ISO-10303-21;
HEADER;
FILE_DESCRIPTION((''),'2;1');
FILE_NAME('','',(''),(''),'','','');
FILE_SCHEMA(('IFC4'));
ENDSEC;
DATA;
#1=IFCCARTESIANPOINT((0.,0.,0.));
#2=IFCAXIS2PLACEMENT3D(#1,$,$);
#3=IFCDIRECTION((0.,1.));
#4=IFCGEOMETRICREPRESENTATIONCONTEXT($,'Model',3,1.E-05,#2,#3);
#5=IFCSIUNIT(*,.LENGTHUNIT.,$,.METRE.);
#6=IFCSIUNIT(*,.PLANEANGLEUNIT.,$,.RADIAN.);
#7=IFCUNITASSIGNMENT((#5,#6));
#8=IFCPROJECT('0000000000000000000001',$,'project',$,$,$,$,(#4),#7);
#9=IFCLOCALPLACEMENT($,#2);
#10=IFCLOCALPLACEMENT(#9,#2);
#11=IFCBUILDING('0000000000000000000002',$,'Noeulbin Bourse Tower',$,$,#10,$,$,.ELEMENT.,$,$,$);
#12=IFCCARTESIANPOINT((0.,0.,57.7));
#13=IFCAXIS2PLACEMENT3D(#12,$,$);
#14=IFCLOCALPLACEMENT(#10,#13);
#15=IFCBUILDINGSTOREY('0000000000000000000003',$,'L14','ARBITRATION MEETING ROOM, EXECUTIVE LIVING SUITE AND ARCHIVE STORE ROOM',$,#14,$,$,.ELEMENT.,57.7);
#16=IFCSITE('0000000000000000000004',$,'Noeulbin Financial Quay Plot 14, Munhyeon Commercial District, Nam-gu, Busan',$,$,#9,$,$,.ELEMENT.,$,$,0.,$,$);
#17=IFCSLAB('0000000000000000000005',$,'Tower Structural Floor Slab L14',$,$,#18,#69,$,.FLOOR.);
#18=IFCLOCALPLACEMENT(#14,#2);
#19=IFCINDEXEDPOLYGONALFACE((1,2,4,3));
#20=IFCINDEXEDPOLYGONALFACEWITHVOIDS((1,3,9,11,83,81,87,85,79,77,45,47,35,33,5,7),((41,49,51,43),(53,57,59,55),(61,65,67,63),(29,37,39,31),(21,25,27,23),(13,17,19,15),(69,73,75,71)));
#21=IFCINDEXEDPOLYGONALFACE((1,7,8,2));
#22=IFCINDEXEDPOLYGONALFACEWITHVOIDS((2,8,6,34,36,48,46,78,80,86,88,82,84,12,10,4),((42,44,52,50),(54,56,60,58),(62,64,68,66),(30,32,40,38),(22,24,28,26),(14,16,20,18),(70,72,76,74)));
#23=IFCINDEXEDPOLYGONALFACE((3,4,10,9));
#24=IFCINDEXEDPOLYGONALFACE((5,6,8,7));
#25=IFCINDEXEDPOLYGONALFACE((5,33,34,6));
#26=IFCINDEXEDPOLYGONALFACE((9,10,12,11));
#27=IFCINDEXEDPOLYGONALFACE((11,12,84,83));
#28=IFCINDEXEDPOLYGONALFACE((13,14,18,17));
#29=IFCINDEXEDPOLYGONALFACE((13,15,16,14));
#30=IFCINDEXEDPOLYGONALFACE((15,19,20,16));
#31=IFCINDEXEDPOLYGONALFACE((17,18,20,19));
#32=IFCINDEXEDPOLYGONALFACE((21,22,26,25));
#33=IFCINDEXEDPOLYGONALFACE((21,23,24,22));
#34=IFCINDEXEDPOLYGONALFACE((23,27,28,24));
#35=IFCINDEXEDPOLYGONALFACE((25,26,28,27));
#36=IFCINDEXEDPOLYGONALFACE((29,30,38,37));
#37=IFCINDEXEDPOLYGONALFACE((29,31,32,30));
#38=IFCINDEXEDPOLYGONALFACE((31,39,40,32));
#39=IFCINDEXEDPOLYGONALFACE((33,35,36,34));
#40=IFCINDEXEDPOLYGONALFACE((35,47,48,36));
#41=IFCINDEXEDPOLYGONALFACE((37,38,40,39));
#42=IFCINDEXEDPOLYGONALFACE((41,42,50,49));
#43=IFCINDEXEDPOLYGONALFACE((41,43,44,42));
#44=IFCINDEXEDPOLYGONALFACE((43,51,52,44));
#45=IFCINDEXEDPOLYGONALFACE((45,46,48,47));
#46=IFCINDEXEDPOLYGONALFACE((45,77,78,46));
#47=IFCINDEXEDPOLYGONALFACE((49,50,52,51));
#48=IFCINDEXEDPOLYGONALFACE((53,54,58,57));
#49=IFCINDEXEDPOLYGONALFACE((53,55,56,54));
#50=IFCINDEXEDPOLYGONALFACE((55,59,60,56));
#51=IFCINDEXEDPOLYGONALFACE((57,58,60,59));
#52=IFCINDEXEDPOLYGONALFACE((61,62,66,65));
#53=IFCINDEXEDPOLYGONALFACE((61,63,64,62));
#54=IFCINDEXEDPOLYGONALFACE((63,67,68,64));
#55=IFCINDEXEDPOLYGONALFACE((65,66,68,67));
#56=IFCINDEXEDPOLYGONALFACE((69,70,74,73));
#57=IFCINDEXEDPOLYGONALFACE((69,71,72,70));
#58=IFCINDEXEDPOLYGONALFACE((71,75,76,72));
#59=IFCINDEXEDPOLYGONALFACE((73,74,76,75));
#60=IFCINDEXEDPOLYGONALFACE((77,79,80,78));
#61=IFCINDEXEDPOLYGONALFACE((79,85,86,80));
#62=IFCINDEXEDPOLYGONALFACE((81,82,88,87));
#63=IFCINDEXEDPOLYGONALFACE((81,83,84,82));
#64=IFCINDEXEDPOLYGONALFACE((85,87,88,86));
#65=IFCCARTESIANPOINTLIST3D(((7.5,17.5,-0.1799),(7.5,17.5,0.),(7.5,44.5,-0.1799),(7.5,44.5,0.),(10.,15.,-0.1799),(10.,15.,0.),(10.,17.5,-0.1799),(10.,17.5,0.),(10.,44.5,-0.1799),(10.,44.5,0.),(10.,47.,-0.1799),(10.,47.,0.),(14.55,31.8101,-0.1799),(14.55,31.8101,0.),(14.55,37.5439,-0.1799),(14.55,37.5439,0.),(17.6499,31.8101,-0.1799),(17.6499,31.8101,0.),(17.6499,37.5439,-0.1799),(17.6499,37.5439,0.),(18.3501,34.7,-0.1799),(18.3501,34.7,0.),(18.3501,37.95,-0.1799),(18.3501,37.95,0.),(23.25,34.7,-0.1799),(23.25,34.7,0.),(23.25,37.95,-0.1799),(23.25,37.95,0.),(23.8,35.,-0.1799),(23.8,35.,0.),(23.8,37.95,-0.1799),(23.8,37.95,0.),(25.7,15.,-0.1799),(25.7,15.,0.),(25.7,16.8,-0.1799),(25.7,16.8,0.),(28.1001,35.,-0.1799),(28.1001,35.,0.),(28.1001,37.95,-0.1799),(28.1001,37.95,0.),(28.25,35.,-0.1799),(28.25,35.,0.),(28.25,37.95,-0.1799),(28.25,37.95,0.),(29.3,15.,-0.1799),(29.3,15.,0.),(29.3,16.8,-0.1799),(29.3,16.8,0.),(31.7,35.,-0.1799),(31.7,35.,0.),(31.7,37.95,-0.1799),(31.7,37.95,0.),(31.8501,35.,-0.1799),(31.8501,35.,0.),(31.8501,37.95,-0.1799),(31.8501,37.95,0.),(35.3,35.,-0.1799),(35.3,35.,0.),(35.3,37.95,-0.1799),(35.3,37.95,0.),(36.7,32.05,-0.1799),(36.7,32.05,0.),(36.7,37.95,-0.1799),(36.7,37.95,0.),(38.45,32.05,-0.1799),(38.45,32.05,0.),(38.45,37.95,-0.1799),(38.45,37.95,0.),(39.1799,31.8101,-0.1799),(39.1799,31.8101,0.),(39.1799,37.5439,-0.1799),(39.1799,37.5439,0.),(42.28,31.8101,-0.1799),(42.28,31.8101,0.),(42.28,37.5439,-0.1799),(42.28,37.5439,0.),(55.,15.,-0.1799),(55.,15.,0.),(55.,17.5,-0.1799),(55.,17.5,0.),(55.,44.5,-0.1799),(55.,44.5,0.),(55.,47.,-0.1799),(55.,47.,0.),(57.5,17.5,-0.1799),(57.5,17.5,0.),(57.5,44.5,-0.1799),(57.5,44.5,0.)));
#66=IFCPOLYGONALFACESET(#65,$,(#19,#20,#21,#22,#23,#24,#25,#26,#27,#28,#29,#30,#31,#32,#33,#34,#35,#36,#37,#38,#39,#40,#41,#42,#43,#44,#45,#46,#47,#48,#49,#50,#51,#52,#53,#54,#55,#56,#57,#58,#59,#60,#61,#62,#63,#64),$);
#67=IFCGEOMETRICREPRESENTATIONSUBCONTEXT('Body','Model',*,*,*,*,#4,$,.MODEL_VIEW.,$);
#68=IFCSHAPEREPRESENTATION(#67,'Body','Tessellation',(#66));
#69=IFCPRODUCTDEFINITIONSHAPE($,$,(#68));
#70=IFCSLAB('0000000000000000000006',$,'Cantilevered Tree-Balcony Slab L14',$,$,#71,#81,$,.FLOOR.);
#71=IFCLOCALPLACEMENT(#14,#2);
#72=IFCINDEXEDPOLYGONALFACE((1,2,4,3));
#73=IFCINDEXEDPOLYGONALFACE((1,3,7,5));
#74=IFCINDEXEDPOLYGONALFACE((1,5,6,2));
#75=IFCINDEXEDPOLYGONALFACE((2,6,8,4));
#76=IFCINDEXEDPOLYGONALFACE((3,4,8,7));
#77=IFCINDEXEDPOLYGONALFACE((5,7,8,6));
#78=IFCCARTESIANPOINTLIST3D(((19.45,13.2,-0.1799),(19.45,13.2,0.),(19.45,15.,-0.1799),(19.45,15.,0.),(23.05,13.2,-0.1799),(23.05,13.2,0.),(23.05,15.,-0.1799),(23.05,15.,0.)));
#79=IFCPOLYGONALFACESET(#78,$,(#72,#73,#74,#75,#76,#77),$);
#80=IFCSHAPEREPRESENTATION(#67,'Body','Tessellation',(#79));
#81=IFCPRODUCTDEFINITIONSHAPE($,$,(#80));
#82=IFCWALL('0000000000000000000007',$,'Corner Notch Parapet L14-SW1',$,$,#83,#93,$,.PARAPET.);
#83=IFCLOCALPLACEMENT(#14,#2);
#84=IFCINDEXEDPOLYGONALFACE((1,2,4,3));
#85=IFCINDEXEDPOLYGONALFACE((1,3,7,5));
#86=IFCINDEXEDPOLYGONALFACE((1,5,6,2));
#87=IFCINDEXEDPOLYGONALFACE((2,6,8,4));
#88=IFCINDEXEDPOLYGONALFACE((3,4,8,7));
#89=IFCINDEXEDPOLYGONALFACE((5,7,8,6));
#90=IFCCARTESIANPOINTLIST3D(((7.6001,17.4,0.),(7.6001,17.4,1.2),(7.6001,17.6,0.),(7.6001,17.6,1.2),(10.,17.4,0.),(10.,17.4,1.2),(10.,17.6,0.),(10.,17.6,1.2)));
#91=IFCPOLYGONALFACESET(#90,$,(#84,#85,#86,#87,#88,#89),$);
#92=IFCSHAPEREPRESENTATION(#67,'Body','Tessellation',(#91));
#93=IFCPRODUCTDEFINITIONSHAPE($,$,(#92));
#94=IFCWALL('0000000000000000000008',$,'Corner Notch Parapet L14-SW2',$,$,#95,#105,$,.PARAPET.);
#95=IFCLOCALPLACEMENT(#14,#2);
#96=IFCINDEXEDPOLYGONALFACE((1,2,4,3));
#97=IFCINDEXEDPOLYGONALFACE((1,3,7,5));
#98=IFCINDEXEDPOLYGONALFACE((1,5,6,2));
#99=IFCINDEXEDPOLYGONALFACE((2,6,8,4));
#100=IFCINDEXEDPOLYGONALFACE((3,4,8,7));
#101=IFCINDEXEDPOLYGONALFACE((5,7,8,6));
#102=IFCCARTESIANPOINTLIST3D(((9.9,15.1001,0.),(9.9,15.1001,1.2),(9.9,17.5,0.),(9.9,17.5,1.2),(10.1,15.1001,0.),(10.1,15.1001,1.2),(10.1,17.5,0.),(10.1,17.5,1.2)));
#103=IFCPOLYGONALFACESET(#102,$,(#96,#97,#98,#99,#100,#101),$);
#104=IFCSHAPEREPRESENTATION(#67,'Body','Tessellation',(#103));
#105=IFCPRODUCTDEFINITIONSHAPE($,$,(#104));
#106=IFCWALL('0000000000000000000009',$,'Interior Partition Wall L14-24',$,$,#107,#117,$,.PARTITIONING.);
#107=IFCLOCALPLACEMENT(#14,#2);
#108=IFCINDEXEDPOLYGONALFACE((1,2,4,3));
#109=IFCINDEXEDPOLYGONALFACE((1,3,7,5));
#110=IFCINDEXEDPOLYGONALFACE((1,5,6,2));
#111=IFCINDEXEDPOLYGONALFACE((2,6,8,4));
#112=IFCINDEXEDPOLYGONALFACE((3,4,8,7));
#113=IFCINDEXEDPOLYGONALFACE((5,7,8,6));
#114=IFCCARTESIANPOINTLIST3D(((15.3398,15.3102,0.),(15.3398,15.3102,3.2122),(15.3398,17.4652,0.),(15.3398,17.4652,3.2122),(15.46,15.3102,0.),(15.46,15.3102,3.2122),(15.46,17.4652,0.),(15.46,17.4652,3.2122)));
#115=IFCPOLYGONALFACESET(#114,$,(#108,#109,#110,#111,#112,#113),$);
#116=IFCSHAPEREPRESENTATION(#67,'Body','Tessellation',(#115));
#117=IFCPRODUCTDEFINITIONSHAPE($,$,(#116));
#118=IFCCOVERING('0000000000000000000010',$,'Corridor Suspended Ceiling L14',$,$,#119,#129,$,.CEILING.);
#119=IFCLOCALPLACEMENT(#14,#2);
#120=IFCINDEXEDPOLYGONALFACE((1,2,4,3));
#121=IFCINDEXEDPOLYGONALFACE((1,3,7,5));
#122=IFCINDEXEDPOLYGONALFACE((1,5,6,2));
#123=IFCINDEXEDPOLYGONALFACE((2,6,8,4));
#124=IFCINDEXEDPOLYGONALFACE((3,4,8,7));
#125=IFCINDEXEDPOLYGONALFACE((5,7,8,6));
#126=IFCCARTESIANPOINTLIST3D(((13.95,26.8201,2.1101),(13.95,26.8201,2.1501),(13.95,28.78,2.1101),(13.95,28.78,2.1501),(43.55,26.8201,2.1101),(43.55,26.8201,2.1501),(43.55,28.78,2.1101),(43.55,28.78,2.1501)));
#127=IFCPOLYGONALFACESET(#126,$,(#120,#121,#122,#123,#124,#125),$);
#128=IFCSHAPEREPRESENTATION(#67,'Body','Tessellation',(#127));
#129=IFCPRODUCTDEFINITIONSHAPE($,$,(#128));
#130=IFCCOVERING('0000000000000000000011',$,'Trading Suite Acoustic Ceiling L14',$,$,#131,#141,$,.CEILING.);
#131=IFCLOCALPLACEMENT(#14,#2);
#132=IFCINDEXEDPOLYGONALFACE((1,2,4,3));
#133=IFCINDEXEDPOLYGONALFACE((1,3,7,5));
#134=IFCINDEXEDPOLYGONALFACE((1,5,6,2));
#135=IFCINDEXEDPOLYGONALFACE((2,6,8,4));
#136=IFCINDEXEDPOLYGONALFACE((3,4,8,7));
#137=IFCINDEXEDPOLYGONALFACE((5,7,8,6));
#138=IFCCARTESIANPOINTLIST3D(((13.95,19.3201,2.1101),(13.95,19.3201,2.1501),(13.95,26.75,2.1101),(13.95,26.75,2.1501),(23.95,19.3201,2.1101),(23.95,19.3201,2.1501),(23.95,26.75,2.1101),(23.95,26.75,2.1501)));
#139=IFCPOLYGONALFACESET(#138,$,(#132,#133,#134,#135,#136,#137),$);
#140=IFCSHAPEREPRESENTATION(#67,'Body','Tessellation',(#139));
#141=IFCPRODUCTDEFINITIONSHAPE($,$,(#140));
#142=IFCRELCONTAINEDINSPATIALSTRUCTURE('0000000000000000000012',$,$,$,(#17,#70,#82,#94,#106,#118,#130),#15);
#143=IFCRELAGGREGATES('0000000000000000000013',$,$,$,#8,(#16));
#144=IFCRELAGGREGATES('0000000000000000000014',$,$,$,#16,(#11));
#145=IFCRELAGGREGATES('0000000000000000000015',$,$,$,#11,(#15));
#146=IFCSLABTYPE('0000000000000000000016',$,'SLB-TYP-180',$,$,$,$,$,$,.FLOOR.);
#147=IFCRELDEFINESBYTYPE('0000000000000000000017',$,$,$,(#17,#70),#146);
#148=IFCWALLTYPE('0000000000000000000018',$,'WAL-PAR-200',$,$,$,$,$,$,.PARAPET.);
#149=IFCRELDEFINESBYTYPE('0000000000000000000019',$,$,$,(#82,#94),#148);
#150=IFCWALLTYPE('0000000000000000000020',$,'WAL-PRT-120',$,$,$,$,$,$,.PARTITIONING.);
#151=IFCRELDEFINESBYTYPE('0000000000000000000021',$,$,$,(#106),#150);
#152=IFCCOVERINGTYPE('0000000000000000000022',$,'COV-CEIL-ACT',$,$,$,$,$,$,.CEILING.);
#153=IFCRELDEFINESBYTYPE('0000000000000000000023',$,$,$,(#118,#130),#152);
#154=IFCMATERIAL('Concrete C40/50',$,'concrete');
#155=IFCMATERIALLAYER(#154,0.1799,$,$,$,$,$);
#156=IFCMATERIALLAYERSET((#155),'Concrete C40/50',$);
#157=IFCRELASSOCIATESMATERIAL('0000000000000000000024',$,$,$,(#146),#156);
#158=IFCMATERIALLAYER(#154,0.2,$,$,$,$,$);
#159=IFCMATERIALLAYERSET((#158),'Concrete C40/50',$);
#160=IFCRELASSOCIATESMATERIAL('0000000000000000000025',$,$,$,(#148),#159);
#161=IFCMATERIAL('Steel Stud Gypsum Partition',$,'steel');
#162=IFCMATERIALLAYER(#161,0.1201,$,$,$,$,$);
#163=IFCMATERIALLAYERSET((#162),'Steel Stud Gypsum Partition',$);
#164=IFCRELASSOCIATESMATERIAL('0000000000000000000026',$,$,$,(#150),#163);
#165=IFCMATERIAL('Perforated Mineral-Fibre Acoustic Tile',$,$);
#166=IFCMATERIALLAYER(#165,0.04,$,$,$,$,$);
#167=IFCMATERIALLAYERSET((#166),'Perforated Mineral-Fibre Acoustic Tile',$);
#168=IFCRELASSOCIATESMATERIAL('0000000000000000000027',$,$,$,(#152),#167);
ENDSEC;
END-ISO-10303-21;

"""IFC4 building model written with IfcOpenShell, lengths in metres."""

from ifc_helpers import new_model, si_unit, direction, frame, frame_2d, origin, place, context, subcontext, project, spatial, polyline, rectangle, outline, extrude, material, layer, layer_set, type_object, element, save


model = new_model("IFC4")

# Units and contexts
model_context = context("Model", 3, precision=1e-05, world=origin(), true_north=direction((0.0, 1.0)))
body_context = subcontext(model_context, "Body", "Model", "MODEL_VIEW")
ifc_project = project(units=[si_unit("LENGTHUNIT", "METRE"), si_unit("PLANEANGLEUNIT", "RADIAN")], contexts=[model_context])

# Site, building, storey
site_placement = place(None, origin())
site = spatial("IfcSite", under=ifc_project, at=site_placement, Name="Noeulbin Financial Quay Plot 14, Munhyeon Commercial District, Nam-gu, Busan", CompositionType="ELEMENT", RefElevation=0.0)
building_placement = place(site_placement, origin())
building = spatial("IfcBuilding", under=site, at=building_placement, Name="Noeulbin Bourse Tower", CompositionType="ELEMENT")
storey_placement = place(building_placement, frame((0.0, 0.0, 57.7)))
storey = spatial("IfcBuildingStorey", under=building, at=storey_placement, Name="L14", Description="ARBITRATION MEETING ROOM, EXECUTIVE LIVING SUITE AND ARCHIVE STORE ROOM", CompositionType="ELEMENT", Elevation=57.7)

# Shared definitions
ifc_material_1 = material(Name="Concrete C40/50", Category="concrete")

# Slab, openings
ifc_layer_1 = layer(ifc_material_1, 0.1799)
ifc_layer_set_1 = layer_set([ifc_layer_1], Name="Concrete C40/50")
slab_type_1 = type_object("IfcSlabType", Name="SLB-TYP-180", PredefinedType="FLOOR", material=ifc_layer_set_1)
slab_1_placement = place(storey_placement, frame((0.0, 0.0, -0.1799)))
slab_1 = element("IfcSlab", 1, at=slab_1_placement, inside=storey, type_object=slab_type_1, Name="Tower Structural Floor Slab L14", PredefinedType="FLOOR", context=body_context, shape_type="SweptSolid", body=[
    extrude(outline(polyline([(10.0, 15.0), (25.7, 15.0), (25.7, 16.8), (29.3, 16.8), (29.3, 15.0), (55.0, 15.0), (55.0, 17.5), (57.5, 17.5), (57.5, 44.5), (55.0, 44.5), (55.0, 47.0), (10.0, 47.0), (10.0, 44.5), (7.5, 44.5), (7.5, 17.5), (10.0, 17.5), (10.0, 15.0)]), holes=[polyline([(17.6499, 31.8101), (17.6499, 37.5439), (14.55, 37.5439), (14.55, 31.8101), (17.6499, 31.8101)]), polyline([(42.28, 31.8101), (42.28, 37.5439), (39.1799, 37.5439), (39.1799, 31.8101), (42.28, 31.8101)]), polyline([(18.3501, 34.7), (23.25, 34.7), (23.25, 37.95), (18.3501, 37.95), (18.3501, 34.7)]), polyline([(36.7, 32.05), (38.45, 32.05), (38.45, 37.95), (36.7, 37.95), (36.7, 32.05)]), polyline([(23.8, 35.0), (28.1001, 35.0), (28.1001, 37.95), (23.8, 37.95), (23.8, 35.0)]), polyline([(28.25, 35.0), (31.7, 35.0), (31.7, 37.95), (28.25, 37.95), (28.25, 35.0)]), polyline([(31.8501, 35.0), (35.3, 35.0), (35.3, 37.95), (31.8501, 37.95), (31.8501, 35.0)])]), origin(), (0.0, 0.0, 1.0), 0.1799),
])
opening_1_placement = place(slab_1_placement, frame((0.0, 0.0, -0.01)))
element("IfcOpeningElement", 2, at=opening_1_placement, cuts=slab_1, PredefinedType="OPENING", context=body_context, shape_type="SweptSolid", body=[
    extrude(outline(polyline([(17.6499, 31.8101), (17.6499, 37.5439), (14.55, 37.5439), (14.55, 31.8101), (17.6499, 31.8101)])), origin(), (0.0, 0.0, 1.0), 0.2),
])
opening_2_placement = place(slab_1_placement, frame((0.0, 0.0, -0.01)))
element("IfcOpeningElement", 3, at=opening_2_placement, cuts=slab_1, PredefinedType="OPENING", context=body_context, shape_type="SweptSolid", body=[
    extrude(outline(polyline([(42.28, 31.8101), (42.28, 37.5439), (39.1799, 37.5439), (39.1799, 31.8101), (42.28, 31.8101)])), origin(), (0.0, 0.0, 1.0), 0.2),
])
opening_3_placement = place(slab_1_placement, frame((0.0, 0.0, -0.01)))
element("IfcOpeningElement", 4, at=opening_3_placement, cuts=slab_1, PredefinedType="OPENING", context=body_context, shape_type="SweptSolid", body=[
    extrude(outline(polyline([(18.3501, 34.7), (23.25, 34.7), (23.25, 37.95), (18.3501, 37.95), (18.3501, 34.7)])), origin(), (0.0, 0.0, 1.0), 0.2),
])
opening_4_placement = place(slab_1_placement, frame((0.0, 0.0, -0.01)))
element("IfcOpeningElement", 5, at=opening_4_placement, cuts=slab_1, PredefinedType="OPENING", context=body_context, shape_type="SweptSolid", body=[
    extrude(outline(polyline([(36.7, 32.05), (38.45, 32.05), (38.45, 37.95), (36.7, 37.95), (36.7, 32.05)])), origin(), (0.0, 0.0, 1.0), 0.2),
])
opening_5_placement = place(slab_1_placement, frame((0.0, 0.0, -0.01)))
element("IfcOpeningElement", 6, at=opening_5_placement, cuts=slab_1, PredefinedType="OPENING", context=body_context, shape_type="SweptSolid", body=[
    extrude(outline(polyline([(23.8, 35.0), (28.1001, 35.0), (28.1001, 37.95), (23.8, 37.95), (23.8, 35.0)])), origin(), (0.0, 0.0, 1.0), 0.2),
])
opening_6_placement = place(slab_1_placement, frame((0.0, 0.0, -0.01)))
element("IfcOpeningElement", 7, at=opening_6_placement, cuts=slab_1, PredefinedType="OPENING", context=body_context, shape_type="SweptSolid", body=[
    extrude(outline(polyline([(28.25, 35.0), (31.7, 35.0), (31.7, 37.95), (28.25, 37.95), (28.25, 35.0)])), origin(), (0.0, 0.0, 1.0), 0.2),
])
opening_7_placement = place(slab_1_placement, frame((0.0, 0.0, -0.01)))
element("IfcOpeningElement", 8, at=opening_7_placement, cuts=slab_1, PredefinedType="OPENING", context=body_context, shape_type="SweptSolid", body=[
    extrude(outline(polyline([(31.8501, 35.0), (35.3, 35.0), (35.3, 37.95), (31.8501, 37.95), (31.8501, 35.0)])), origin(), (0.0, 0.0, 1.0), 0.2),
])

# Slab
slab_2_placement = place(storey_placement, frame((0.0, 0.0, -0.1799)))
element("IfcSlab", 9, at=slab_2_placement, inside=storey, type_object=slab_type_1, Name="Cantilevered Tree-Balcony Slab L14", PredefinedType="FLOOR", context=body_context, shape_type="SweptSolid", body=[
    extrude(outline(polyline([(19.45, 13.2), (23.05, 13.2), (23.05, 15.0), (19.45, 15.0), (19.45, 13.2)])), origin(), (0.0, 0.0, 1.0), 0.1799),
])

# Walls
ifc_layer_2 = layer(ifc_material_1, 0.2)
ifc_layer_set_2 = layer_set([ifc_layer_2], Name="Concrete C40/50")
wall_type_1 = type_object("IfcWallType", Name="WAL-PAR-200", PredefinedType="PARAPET", material=ifc_layer_set_2)
for number, where, z_axis, x_axis, name in (
    (10, (7.6001, 17.5, 0.0), (0.0, 0.0, 1.0), (1.0, 0.0, 0.0), "Corner Notch Parapet L14-SW1"),
    (11, (10.0, 17.5, 0.0), (0.0, 0.0, 1.0), (0.0, -1.0, 0.0), "Corner Notch Parapet L14-SW2"),
):
    element("IfcWall", number, at=place(storey_placement, frame(where, z_axis=z_axis, x_axis=x_axis)), inside=storey, type_object=wall_type_1, Name=name, PredefinedType="PARAPET", context=body_context, shape_type="SweptSolid", body=[
        extrude(rectangle(XDim=2.3999, YDim=0.2, at=frame_2d((1.2, 0.0))), origin(), (0.0, 0.0, 1.0), 1.2),
    ])
ifc_material_2 = material(Name="Steel Stud Gypsum Partition", Category="steel")
ifc_layer_3 = layer(ifc_material_2, 0.1201)
ifc_layer_set_3 = layer_set([ifc_layer_3], Name="Steel Stud Gypsum Partition")
wall_type_2 = type_object("IfcWallType", Name="WAL-PRT-120", PredefinedType="PARTITIONING", material=ifc_layer_set_3)
wall_placement = place(storey_placement, frame((15.3999, 15.3101, 0.0), z_axis=(0.0, 0.0, 1.0), x_axis=(0.0, 1.0, 0.0)))
element("IfcWall", 12, at=wall_placement, inside=storey, type_object=wall_type_2, Name="Interior Partition Wall L14-24", PredefinedType="PARTITIONING", context=body_context, shape_type="SweptSolid", body=[
    extrude(rectangle(XDim=2.155, YDim=0.1201, at=frame_2d((1.0776, 0.0))), origin(), (0.0, 0.0, 1.0), 3.2122),
])

# Coverings
ifc_material_3 = material(Name="Perforated Mineral-Fibre Acoustic Tile")
ifc_layer_4 = layer(ifc_material_3, 0.04)
ifc_layer_set_4 = layer_set([ifc_layer_4], Name="Perforated Mineral-Fibre Acoustic Tile")
covering_type = type_object("IfcCoveringType", Name="COV-CEIL-ACT", PredefinedType="CEILING", material=ifc_layer_set_4)
covering_1_placement = place(storey_placement, frame((0.0, 0.0, 2.1101)))
element("IfcCovering", 13, at=covering_1_placement, inside=storey, type_object=covering_type, Name="Corridor Suspended Ceiling L14", PredefinedType="CEILING", context=body_context, shape_type="SweptSolid", body=[
    extrude(outline(polyline([(13.95, 26.8201), (43.55, 26.8201), (43.55, 28.78), (13.95, 28.78), (13.95, 26.8201)])), origin(), (0.0, 0.0, 1.0), 0.04),
])
covering_2_placement = place(storey_placement, frame((0.0, 0.0, 2.1101)))
element("IfcCovering", 14, at=covering_2_placement, inside=storey, type_object=covering_type, Name="Trading Suite Acoustic Ceiling L14", PredefinedType="CEILING", context=body_context, shape_type="SweptSolid", body=[
    extrude(outline(polyline([(13.95, 19.3201), (23.95, 19.3201), (23.95, 26.75), (13.95, 26.75), (13.95, 19.3201)])), origin(), (0.0, 0.0, 1.0), 0.04),
])

save(model, "model.ifc")
